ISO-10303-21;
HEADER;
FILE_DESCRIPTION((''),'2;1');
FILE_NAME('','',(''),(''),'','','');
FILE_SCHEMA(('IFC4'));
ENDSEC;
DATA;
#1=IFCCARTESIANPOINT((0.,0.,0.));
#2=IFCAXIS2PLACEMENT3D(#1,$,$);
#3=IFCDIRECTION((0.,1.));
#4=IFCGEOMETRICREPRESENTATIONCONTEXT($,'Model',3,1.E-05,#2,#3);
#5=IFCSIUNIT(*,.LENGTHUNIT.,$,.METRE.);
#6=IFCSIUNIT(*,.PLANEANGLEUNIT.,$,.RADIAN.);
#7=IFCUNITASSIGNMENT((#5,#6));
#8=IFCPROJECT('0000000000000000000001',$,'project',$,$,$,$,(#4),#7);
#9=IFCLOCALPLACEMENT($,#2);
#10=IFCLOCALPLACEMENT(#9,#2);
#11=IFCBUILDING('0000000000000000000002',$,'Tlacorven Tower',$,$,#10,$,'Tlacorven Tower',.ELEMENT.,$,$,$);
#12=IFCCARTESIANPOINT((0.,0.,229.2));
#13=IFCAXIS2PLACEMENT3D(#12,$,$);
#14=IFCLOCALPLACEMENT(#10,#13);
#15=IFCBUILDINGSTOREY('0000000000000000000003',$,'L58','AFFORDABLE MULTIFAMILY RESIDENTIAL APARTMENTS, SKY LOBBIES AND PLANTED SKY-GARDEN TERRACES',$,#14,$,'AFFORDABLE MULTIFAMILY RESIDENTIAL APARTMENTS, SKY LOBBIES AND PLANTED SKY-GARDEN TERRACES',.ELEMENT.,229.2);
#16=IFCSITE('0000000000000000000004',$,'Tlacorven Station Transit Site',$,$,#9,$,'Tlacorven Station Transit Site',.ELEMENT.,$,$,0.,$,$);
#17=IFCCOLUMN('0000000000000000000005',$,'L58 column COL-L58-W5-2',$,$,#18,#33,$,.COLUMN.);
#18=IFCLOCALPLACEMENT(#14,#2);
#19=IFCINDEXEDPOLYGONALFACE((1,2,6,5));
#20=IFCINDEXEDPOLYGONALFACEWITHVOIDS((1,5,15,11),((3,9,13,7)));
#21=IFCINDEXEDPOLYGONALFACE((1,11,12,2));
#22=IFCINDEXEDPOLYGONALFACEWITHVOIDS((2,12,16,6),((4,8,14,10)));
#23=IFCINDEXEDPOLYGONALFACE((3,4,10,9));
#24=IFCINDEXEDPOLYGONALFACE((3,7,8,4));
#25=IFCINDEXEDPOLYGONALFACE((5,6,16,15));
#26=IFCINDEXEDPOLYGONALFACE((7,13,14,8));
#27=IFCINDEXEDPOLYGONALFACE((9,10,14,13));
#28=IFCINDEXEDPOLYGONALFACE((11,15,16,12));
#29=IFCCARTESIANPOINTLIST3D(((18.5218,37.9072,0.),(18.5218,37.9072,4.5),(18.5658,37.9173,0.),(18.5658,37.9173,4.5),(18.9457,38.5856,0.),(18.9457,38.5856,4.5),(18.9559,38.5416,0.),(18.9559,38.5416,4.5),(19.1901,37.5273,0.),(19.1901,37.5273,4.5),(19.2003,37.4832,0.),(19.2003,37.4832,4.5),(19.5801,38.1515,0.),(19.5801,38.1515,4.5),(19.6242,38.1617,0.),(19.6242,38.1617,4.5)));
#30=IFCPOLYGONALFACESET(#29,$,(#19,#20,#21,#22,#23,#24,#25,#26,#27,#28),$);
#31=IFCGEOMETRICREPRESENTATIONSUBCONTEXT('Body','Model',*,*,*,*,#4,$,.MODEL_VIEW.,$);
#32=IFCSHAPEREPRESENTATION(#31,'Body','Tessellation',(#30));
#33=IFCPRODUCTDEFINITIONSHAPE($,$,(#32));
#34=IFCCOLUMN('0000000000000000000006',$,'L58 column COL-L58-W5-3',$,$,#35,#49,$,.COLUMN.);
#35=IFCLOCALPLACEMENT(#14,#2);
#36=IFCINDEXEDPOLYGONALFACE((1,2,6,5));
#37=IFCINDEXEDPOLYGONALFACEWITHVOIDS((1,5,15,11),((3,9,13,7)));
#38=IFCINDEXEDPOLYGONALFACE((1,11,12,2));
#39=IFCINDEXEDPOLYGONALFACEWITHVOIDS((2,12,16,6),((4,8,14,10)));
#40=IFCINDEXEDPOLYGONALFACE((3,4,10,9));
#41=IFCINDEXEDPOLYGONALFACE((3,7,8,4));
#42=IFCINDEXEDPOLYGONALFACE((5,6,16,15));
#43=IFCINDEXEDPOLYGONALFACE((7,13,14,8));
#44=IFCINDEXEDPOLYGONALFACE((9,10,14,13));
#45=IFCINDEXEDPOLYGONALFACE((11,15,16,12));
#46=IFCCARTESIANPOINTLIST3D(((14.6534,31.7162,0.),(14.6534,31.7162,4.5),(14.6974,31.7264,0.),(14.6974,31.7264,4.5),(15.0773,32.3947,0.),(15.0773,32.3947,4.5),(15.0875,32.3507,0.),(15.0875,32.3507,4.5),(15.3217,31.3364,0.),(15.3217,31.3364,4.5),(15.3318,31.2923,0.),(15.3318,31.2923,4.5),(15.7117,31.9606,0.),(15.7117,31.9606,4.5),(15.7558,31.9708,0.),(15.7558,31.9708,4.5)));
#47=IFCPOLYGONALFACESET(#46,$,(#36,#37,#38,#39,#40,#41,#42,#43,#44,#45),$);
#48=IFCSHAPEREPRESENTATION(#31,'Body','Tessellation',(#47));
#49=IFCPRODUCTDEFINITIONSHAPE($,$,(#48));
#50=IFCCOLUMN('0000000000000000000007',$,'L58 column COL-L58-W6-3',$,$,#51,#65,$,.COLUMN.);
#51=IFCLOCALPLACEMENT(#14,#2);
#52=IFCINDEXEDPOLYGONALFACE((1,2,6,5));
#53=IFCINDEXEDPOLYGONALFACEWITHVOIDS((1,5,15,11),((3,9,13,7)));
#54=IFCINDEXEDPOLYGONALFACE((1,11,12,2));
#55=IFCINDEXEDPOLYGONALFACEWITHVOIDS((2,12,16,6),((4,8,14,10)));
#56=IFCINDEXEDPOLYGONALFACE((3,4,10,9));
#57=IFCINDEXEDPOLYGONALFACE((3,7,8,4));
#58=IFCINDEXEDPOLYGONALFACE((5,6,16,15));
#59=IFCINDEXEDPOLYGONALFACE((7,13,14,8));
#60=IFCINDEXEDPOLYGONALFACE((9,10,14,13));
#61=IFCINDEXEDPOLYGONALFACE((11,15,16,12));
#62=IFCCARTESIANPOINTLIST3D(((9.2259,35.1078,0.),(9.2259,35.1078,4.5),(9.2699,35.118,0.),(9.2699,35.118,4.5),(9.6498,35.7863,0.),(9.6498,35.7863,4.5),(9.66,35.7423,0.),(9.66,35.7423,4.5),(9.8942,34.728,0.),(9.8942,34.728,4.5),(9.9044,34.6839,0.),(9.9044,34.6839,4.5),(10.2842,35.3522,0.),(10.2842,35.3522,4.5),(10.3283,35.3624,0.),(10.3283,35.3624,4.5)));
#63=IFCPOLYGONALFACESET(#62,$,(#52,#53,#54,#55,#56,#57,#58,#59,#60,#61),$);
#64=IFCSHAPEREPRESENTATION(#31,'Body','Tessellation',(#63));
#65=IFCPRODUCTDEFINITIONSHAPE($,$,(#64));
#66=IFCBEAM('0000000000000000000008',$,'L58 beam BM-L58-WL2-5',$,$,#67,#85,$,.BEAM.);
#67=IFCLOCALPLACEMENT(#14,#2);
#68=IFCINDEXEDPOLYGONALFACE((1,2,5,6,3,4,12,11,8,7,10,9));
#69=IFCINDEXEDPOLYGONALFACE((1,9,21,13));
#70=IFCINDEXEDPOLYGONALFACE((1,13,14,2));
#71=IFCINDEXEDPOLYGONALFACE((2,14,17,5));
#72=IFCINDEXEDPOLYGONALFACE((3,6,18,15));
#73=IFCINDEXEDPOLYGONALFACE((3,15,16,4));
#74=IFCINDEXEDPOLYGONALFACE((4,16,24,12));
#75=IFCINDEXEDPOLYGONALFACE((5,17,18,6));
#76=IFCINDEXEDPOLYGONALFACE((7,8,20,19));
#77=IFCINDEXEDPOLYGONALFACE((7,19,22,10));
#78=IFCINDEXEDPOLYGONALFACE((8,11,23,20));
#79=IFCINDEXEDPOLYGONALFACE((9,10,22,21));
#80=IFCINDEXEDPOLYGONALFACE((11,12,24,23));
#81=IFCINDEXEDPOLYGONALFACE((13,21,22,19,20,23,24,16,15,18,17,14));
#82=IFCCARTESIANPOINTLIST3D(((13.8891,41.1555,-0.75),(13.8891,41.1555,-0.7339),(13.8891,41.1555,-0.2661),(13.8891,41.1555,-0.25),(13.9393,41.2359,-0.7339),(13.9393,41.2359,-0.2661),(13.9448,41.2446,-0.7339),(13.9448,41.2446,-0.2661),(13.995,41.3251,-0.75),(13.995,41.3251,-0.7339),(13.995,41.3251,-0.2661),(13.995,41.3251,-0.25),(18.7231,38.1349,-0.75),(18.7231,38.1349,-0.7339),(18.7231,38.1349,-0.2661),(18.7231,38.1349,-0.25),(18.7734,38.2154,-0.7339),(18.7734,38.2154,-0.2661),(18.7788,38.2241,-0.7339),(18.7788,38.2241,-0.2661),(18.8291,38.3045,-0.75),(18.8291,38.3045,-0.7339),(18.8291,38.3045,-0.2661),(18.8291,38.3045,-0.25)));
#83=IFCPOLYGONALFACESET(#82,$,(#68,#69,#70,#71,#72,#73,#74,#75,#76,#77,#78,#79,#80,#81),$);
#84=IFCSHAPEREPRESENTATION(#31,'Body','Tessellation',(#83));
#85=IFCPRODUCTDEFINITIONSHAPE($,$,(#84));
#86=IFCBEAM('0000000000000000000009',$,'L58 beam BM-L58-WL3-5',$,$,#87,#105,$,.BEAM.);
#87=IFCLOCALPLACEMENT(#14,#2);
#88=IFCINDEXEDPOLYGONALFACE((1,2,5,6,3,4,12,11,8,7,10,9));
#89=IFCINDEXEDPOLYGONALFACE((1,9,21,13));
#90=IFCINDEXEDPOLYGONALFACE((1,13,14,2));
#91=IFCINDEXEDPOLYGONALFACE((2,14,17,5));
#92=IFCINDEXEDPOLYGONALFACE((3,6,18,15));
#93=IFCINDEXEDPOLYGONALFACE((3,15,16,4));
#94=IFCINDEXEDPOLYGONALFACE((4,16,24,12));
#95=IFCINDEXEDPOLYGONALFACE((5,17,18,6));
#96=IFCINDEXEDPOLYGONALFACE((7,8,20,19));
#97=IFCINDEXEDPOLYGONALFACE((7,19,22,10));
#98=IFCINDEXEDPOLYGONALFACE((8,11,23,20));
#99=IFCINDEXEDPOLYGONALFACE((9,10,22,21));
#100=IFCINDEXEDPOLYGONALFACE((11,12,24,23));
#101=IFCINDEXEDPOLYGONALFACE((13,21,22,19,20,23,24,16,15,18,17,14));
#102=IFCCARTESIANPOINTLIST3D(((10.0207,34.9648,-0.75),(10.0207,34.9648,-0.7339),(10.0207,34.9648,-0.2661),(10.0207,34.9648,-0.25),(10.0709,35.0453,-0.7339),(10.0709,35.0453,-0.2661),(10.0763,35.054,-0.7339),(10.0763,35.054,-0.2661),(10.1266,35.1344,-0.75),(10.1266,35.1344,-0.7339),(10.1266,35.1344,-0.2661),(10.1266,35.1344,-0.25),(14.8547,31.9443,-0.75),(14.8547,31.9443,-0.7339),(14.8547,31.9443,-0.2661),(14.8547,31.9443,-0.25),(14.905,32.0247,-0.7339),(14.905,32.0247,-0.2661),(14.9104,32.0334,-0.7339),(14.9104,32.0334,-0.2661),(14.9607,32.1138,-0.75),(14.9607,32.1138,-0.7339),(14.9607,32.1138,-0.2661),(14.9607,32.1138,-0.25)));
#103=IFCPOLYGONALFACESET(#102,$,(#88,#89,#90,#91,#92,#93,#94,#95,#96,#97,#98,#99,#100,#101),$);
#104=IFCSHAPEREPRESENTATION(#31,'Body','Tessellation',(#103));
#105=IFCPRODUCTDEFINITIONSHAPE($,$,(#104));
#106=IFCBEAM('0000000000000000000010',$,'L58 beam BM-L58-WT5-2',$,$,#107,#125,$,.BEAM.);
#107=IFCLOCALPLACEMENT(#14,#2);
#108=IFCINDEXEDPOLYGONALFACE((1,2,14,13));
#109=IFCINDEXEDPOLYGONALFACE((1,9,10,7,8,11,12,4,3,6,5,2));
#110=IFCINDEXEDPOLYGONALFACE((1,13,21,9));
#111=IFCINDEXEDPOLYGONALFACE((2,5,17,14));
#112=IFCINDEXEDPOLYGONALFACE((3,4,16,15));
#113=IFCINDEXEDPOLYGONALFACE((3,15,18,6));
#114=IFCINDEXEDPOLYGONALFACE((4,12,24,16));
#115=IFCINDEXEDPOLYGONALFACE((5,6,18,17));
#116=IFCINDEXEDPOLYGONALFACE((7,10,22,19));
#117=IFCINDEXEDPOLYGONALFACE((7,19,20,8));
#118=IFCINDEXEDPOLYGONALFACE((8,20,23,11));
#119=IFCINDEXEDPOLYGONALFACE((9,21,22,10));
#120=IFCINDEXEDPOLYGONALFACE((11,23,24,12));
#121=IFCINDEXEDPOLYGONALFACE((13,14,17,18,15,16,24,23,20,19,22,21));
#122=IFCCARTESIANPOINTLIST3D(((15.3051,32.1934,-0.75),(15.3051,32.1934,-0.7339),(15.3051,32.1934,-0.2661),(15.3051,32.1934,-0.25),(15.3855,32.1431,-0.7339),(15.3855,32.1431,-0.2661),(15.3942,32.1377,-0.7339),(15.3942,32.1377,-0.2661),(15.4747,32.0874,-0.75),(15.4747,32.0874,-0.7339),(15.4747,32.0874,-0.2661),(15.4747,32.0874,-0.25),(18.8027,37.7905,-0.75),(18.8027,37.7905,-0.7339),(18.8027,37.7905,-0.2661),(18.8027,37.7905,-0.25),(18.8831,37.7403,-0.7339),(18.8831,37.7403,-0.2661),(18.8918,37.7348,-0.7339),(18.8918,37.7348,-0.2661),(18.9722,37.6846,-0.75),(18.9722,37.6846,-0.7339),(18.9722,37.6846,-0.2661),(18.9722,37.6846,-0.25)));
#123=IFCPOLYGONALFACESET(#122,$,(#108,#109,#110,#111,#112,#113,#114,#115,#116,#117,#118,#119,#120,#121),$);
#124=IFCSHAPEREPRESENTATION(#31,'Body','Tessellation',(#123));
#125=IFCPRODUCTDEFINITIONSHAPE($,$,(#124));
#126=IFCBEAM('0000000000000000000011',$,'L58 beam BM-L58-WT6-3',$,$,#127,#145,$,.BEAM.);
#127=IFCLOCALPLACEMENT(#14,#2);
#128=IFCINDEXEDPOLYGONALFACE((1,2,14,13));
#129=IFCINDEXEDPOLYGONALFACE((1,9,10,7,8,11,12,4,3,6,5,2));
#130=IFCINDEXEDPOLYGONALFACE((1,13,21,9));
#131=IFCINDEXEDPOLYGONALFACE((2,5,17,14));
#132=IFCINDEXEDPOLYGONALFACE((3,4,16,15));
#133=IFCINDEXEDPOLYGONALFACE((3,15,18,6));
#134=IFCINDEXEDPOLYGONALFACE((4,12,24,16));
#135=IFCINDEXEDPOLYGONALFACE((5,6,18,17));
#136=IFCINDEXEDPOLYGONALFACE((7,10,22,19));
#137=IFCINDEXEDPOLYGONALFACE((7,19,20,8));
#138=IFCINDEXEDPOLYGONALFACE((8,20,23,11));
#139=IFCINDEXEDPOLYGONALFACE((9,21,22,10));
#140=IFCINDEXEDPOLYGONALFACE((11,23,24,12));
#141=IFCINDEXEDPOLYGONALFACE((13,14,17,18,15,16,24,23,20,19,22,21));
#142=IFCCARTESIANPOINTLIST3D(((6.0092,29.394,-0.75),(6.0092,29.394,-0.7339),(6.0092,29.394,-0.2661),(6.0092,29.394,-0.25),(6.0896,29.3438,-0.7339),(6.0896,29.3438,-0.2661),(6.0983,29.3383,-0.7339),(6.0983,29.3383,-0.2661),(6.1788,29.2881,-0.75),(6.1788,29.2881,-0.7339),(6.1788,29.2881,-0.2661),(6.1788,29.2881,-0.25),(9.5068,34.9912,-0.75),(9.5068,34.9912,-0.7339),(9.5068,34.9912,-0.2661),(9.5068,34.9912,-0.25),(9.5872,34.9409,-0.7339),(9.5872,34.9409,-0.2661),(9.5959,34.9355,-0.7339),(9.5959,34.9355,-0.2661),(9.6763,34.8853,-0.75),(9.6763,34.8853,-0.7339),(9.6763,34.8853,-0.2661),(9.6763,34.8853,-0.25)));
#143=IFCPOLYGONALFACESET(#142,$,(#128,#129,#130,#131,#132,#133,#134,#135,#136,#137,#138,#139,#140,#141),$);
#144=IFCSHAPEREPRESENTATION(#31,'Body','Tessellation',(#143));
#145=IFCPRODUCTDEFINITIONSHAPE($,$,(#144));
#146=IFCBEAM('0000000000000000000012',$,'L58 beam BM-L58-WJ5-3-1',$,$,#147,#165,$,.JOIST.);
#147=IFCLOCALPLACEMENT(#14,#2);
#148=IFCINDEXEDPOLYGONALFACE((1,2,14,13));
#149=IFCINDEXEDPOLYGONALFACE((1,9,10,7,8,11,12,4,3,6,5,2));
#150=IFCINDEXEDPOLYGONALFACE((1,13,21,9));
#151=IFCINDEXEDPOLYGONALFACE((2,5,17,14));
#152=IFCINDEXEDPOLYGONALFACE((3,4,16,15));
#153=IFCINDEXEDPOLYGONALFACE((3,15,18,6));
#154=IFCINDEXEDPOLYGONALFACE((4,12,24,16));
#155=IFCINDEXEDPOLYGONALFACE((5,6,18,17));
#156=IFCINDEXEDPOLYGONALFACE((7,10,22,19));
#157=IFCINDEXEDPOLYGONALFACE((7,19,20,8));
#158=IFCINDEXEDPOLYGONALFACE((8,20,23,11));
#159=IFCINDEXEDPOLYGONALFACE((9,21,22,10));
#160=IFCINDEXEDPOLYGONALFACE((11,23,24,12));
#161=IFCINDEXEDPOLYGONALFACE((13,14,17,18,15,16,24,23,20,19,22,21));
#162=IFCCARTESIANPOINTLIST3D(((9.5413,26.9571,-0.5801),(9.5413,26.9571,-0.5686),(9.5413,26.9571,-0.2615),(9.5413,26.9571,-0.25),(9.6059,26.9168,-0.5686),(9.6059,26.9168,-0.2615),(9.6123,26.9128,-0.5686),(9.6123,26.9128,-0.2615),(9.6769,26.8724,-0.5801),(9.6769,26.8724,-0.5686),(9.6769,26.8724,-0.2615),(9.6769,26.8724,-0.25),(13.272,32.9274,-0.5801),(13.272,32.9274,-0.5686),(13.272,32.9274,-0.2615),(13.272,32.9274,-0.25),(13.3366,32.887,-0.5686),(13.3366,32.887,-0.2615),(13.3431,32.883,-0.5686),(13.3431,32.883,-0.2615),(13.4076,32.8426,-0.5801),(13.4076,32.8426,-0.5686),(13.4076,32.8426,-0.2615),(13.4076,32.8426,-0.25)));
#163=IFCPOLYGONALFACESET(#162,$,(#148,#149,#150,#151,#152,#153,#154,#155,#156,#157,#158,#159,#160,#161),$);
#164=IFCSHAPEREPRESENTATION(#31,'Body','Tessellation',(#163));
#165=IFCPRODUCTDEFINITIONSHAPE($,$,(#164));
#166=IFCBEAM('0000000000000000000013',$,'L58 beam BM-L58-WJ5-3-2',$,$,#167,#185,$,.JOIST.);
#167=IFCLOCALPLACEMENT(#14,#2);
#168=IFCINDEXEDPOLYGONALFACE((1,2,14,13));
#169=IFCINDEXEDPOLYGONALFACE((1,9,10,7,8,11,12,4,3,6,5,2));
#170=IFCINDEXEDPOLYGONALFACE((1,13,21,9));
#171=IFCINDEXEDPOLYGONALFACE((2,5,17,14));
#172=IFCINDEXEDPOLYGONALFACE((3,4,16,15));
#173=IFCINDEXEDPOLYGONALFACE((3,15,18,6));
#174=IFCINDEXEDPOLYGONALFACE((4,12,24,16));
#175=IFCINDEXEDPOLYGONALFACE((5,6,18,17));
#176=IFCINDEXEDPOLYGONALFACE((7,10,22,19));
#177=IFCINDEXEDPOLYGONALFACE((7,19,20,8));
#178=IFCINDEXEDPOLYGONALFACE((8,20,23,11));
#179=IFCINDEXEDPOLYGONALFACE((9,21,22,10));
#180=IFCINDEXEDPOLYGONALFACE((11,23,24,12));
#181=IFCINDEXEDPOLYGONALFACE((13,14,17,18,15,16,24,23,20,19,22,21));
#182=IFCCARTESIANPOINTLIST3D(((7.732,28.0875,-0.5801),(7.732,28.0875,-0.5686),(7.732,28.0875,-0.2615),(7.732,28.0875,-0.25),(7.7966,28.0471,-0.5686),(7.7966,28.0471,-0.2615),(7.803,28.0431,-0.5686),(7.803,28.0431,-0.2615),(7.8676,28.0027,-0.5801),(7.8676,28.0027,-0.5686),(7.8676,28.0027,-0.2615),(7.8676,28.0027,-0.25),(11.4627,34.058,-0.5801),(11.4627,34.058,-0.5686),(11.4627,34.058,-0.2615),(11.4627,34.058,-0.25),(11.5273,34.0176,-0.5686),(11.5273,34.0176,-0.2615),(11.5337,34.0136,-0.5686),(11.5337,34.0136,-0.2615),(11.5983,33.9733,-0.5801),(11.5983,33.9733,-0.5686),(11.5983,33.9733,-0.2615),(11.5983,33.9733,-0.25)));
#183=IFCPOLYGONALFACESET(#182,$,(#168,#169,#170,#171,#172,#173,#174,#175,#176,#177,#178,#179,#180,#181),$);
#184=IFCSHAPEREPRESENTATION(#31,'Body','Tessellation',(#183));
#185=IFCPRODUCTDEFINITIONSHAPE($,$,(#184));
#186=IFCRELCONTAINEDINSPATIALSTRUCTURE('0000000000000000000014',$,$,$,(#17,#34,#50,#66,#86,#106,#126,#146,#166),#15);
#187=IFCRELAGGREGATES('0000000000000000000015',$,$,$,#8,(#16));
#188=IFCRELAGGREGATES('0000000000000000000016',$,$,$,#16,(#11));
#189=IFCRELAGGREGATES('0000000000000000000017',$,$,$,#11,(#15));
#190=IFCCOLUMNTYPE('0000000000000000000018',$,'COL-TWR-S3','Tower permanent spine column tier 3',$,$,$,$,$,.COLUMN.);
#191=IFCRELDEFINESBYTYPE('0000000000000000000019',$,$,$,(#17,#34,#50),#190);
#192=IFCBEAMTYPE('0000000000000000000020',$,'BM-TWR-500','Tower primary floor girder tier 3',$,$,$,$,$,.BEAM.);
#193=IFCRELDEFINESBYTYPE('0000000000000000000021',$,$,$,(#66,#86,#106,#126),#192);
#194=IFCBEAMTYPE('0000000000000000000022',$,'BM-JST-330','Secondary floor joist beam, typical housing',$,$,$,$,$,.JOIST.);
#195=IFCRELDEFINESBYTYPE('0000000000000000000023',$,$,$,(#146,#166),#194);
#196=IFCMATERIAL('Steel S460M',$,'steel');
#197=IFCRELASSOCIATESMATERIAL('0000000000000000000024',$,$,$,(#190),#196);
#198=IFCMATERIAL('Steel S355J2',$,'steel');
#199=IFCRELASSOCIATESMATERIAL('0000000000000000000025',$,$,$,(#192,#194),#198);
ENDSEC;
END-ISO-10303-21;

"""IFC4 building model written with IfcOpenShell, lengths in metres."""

from ifc_helpers import new_model, si_unit, direction, frame, origin, origin_2d, place, context, subcontext, project, spatial, hollow_rectangle, i_section, extrude, source, transform, mapped, material, material_profile, profile_set, type_object, element, save


model = new_model("IFC4")

# Units and contexts
model_context = context("Model", 3, precision=1e-05, world=origin(), true_north=direction((0.0, 1.0)))
body_context = subcontext(model_context, "Body", "Model", "MODEL_VIEW")
ifc_project = project(units=[si_unit("LENGTHUNIT", "METRE"), si_unit("PLANEANGLEUNIT", "RADIAN")], contexts=[model_context])

# Site, building, storey
site_placement = place(None, origin())
site = spatial("IfcSite", under=ifc_project, at=site_placement, Name="Tlacorven Station Transit Site", LongName="Tlacorven Station Transit Site", CompositionType="ELEMENT", RefElevation=0.0)
building_placement = place(site_placement, origin())
building = spatial("IfcBuilding", under=site, at=building_placement, Name="Tlacorven Tower", LongName="Tlacorven Tower", CompositionType="ELEMENT")
storey_placement = place(building_placement, frame((0.0, 0.0, 229.2)))
storey = spatial("IfcBuildingStorey", under=building, at=storey_placement, Name="L58", Description="AFFORDABLE MULTIFAMILY RESIDENTIAL APARTMENTS, SKY LOBBIES AND PLANTED SKY-GARDEN TERRACES", LongName="AFFORDABLE MULTIFAMILY RESIDENTIAL APARTMENTS, SKY LOBBIES AND PLANTED SKY-GARDEN TERRACES", CompositionType="ELEMENT", Elevation=229.2)

# Columns
ifc_material_1 = material(Name="Steel S460M", Category="steel")
ifc_material_profile_1 = material_profile(ifc_material_1, hollow_rectangle(XDim=0.8, YDim=0.8, WallThickness=0.032, at=origin_2d()), Name="BOX 800X800X32")
ifc_profile_set_1 = profile_set([ifc_material_profile_1], Name="Steel S460M")
column_type = type_object("IfcColumnType", Name="COL-TWR-S3", Description="Tower permanent spine column tier 3", PredefinedType="COLUMN", material=ifc_profile_set_1)
shared_shape_1 = source(origin(), body_context, "Body", "SweptSolid", [
    extrude(hollow_rectangle(XDim=0.8, YDim=0.8, WallThickness=0.032, at=origin_2d()), origin(), (0.0, 0.0, 1.0), 4.5),
])
for number, where, z_axis, x_axis, name in (
    (1, (19.073, 38.0344, 0.0), (0.0, 0.0, 1.0), (-0.848048, 0.529919, 0.0), "L58 column COL-L58-W5-2"),
    (2, (15.2046, 31.8435, 0.0), (0.0, 0.0, 1.0), (-0.848048, 0.529919, 0.0), "L58 column COL-L58-W5-3"),
    (3, (9.7771, 35.2351, 0.0), (0.0, 0.0, 1.0), (-0.848048, 0.529919, 0.0), "L58 column COL-L58-W6-3"),
):
    element("IfcColumn", number, at=place(storey_placement, frame(where, z_axis=z_axis, x_axis=x_axis)), inside=storey, type_object=column_type, Name=name, PredefinedType="COLUMN", context=body_context, shape_type="MappedRepresentation", body=[
        mapped(shared_shape_1, transform((0.0, 0.0, 0.0), scale=1.0)),
    ])

# Beams
ifc_material_2 = material(Name="Steel S355J2", Category="steel")
ifc_material_profile_2 = material_profile(ifc_material_2, i_section(OverallWidth=0.2, OverallDepth=0.5, WebThickness=0.0103, FlangeThickness=0.0161, at=origin_2d()), Name="IPE 500")
ifc_profile_set_2 = profile_set([ifc_material_profile_2], Name="Steel S355J2")
beam_type_1 = type_object("IfcBeamType", Name="BM-TWR-500", Description="Tower primary floor girder tier 3", PredefinedType="BEAM", material=ifc_profile_set_2)
shared_shape_2 = source(origin(), body_context, "Body", "SweptSolid", [
    extrude(i_section(OverallWidth=0.2, OverallDepth=0.5, WebThickness=0.0103, FlangeThickness=0.0161, at=origin_2d()), origin(), (0.0, 0.0, 1.0), 5.7002),
])
for number, where, z_axis, x_axis, name in (
    (4, (18.7761, 38.2197, -0.5), (-0.848056, 0.529907, 0.0), (-0.529907, -0.848056, 0.0), "L58 beam BM-L58-WL2-5"),
    (5, (14.9077, 32.0291, -0.5), (-0.848056, 0.529907, 0.0), (-0.529907, -0.848056, 0.0), "L58 beam BM-L58-WL3-5"),
):
    element("IfcBeam", number, at=place(storey_placement, frame(where, z_axis=z_axis, x_axis=x_axis)), inside=storey, type_object=beam_type_1, Name=name, PredefinedType="BEAM", context=body_context, shape_type="MappedRepresentation", body=[
        mapped(shared_shape_2, transform((0.0, 0.0, 0.0), scale=1.0)),
    ])
shared_shape_3 = source(origin(), body_context, "Body", "SweptSolid", [
    extrude(i_section(OverallWidth=0.2, OverallDepth=0.5, WebThickness=0.0103, FlangeThickness=0.0161, at=origin_2d()), origin(), (0.0, 0.0, 1.0), 6.6001),
])
for number, where, z_axis, x_axis, name in (
    (6, (18.8875, 37.7375, -0.5), (-0.529926, -0.848044, 0.0), (0.848044, -0.529926, 0.0), "L58 beam BM-L58-WT5-2"),
    (7, (9.5916, 34.9382, -0.5), (-0.529926, -0.848044, 0.0), (0.848044, -0.529926, 0.0), "L58 beam BM-L58-WT6-3"),
):
    element("IfcBeam", number, at=place(storey_placement, frame(where, z_axis=z_axis, x_axis=x_axis)), inside=storey, type_object=beam_type_1, Name=name, PredefinedType="BEAM", context=body_context, shape_type="MappedRepresentation", body=[
        mapped(shared_shape_3, transform((0.0, 0.0, 0.0), scale=1.0)),
    ])
ifc_material_profile_3 = material_profile(ifc_material_2, i_section(OverallWidth=0.1599, OverallDepth=0.3301, WebThickness=0.0076, FlangeThickness=0.0115, at=origin_2d()), Name="IPE 330")
ifc_profile_set_3 = profile_set([ifc_material_profile_3], Name="Steel S355J2")
beam_type_2 = type_object("IfcBeamType", Name="BM-JST-330", Description="Secondary floor joist beam, typical housing", PredefinedType="JOIST", material=ifc_profile_set_3)
shared_shape_4 = source(origin(), body_context, "Body", "SweptSolid", [
    extrude(i_section(OverallWidth=0.1599, OverallDepth=0.3301, WebThickness=0.0076, FlangeThickness=0.0115, at=origin_2d()), origin(), (0.0, 0.0, 1.0), 7.04),
])
beam_1_placement = place(storey_placement, frame((13.3398, 32.885, -0.415), z_axis=(-0.52993, -0.848041, 0.0), x_axis=(0.848041, -0.52993, 0.0)))
element("IfcBeam", 8, at=beam_1_placement, inside=storey, type_object=beam_type_2, Name="L58 beam BM-L58-WJ5-3-1", PredefinedType="JOIST", context=body_context, shape_type="MappedRepresentation", body=[
    mapped(shared_shape_4, transform((0.0, 0.0, 0.0), scale=1.0)),
])
shared_shape_5 = source(origin(), body_context, "Body", "SweptSolid", [
    extrude(i_section(OverallWidth=0.1599, OverallDepth=0.3301, WebThickness=0.0076, FlangeThickness=0.0115, at=origin_2d()), origin(), (0.0, 0.0, 1.0), 7.0403),
])
beam_2_placement = place(storey_placement, frame((11.5305, 34.0156, -0.415), z_axis=(-0.529915, -0.848051, 0.0), x_axis=(0.848051, -0.529915, 0.0)))
element("IfcBeam", 9, at=beam_2_placement, inside=storey, type_object=beam_type_2, Name="L58 beam BM-L58-WJ5-3-2", PredefinedType="JOIST", context=body_context, shape_type="MappedRepresentation", body=[
    mapped(shared_shape_5, transform((0.0, 0.0, 0.0), scale=1.0)),
])

save(model, "model.ifc")
